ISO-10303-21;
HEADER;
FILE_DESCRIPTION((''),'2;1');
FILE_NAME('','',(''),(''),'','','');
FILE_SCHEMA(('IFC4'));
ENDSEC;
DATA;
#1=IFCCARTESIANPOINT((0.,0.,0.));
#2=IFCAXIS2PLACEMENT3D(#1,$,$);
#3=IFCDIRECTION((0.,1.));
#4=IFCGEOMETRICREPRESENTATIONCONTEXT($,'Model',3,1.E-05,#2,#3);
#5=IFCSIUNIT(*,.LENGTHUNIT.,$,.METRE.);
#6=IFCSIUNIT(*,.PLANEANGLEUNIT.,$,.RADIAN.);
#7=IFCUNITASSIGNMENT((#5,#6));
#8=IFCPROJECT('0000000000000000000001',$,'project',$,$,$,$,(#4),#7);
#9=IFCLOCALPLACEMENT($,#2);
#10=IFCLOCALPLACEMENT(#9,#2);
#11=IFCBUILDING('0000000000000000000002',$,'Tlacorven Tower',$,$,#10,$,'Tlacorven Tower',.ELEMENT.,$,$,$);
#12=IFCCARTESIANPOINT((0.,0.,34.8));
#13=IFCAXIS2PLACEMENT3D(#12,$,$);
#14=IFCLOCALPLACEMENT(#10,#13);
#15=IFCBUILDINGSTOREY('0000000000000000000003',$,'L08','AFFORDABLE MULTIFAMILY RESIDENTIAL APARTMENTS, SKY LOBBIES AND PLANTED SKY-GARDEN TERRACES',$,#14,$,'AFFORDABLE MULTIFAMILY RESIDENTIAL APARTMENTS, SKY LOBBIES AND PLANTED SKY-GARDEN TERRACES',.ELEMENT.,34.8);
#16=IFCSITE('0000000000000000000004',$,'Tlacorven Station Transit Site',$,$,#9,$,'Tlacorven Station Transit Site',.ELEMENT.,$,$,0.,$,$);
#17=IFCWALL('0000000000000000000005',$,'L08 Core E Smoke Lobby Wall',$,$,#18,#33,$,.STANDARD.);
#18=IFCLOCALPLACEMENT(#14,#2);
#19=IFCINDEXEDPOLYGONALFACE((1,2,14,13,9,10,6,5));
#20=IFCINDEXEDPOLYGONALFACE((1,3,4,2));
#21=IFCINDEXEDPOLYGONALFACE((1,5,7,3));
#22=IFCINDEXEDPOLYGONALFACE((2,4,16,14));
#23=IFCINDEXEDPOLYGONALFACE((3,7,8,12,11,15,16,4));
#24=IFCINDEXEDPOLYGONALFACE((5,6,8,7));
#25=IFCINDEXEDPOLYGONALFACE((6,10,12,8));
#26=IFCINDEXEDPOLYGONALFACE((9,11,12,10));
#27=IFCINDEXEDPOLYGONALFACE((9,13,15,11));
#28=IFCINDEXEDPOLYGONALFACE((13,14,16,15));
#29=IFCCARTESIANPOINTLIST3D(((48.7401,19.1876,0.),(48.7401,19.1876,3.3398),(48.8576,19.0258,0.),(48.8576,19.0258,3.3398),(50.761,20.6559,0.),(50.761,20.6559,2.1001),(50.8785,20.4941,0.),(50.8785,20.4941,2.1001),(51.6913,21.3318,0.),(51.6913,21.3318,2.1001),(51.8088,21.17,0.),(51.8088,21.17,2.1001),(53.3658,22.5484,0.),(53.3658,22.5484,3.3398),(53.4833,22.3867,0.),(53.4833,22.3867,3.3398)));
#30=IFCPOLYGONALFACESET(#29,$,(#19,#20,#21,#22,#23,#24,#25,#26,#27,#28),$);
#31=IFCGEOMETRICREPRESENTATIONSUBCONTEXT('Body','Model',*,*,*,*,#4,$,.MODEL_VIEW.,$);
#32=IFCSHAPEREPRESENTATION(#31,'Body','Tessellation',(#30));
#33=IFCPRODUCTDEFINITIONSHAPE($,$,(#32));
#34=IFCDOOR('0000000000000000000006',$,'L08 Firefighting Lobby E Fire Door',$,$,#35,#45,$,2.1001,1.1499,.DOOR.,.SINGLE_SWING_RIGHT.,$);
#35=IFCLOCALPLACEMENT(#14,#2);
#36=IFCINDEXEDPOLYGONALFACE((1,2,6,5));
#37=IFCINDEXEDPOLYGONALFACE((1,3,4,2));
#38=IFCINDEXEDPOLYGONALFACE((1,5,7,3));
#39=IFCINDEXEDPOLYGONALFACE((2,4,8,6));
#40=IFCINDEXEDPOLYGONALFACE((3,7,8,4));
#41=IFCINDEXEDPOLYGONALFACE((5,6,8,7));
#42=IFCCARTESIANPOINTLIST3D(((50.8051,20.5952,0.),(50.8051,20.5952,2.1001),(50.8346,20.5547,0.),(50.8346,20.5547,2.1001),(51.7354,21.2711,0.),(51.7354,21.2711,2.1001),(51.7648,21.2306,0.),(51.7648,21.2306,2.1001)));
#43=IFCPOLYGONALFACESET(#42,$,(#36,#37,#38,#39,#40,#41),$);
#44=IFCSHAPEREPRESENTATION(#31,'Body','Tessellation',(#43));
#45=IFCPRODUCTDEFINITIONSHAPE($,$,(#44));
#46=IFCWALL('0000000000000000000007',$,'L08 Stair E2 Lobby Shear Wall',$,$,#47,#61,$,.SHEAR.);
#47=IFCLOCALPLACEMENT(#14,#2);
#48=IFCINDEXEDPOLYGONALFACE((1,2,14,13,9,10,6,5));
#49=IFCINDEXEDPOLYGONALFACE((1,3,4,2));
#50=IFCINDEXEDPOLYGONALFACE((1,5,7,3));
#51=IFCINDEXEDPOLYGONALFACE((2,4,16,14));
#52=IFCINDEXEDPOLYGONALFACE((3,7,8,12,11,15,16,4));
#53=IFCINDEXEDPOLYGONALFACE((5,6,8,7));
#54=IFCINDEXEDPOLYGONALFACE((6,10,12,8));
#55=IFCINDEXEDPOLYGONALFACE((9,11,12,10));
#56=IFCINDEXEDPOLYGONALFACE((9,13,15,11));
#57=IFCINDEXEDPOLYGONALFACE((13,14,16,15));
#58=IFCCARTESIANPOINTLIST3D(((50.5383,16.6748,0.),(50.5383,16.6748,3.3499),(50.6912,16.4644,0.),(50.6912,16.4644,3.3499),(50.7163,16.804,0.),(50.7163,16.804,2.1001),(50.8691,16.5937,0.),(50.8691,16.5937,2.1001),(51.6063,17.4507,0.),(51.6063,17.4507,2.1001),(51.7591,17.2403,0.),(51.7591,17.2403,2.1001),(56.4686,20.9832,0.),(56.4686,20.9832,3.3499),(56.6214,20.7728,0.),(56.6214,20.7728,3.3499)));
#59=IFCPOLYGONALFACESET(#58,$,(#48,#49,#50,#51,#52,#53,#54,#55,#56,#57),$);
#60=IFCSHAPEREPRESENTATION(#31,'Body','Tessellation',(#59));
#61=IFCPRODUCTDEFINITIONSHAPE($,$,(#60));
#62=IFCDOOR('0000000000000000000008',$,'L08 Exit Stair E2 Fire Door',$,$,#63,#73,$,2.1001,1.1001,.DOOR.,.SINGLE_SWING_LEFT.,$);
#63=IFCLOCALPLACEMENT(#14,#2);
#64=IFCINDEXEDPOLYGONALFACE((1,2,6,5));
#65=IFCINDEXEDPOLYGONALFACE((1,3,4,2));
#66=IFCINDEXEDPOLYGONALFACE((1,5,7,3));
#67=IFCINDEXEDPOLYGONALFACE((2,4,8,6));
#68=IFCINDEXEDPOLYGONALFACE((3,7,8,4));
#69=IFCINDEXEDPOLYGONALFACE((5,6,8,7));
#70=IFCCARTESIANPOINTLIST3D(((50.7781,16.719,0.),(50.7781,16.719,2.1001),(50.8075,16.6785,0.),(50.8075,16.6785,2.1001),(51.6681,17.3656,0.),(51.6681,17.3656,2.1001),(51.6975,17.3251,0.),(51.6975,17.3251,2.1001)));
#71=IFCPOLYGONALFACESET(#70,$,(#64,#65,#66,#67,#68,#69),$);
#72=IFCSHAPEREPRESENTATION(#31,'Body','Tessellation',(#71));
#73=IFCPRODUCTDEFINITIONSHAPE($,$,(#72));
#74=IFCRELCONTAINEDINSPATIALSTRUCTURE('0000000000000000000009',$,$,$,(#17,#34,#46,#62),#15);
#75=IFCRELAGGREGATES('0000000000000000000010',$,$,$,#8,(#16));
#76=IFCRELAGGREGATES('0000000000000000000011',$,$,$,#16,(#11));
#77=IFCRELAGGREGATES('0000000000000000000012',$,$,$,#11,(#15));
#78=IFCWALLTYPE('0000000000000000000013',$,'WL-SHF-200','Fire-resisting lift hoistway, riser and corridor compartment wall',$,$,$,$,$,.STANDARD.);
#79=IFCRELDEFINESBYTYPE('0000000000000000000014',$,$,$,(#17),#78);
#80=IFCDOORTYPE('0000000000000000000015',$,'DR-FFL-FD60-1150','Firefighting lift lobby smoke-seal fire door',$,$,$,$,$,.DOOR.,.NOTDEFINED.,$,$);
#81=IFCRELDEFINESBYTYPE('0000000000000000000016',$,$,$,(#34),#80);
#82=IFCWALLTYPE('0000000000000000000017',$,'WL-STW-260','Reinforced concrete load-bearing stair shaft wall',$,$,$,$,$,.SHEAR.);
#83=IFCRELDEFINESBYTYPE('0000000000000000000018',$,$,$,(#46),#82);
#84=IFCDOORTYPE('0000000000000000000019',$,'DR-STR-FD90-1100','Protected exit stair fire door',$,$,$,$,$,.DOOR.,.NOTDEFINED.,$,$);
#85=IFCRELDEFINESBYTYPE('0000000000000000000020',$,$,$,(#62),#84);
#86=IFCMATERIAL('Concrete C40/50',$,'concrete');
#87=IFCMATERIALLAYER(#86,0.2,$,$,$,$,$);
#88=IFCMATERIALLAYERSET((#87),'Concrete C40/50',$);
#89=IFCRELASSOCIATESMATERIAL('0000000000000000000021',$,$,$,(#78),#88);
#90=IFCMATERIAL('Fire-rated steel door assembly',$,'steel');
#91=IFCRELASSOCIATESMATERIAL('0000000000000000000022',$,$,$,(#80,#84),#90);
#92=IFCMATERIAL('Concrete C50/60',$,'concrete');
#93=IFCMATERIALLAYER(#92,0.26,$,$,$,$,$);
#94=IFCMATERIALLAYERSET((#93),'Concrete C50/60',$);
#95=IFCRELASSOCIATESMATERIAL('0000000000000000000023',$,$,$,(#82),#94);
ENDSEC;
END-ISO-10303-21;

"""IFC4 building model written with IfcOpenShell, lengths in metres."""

from ifc_helpers import new_model, si_unit, direction, frame, frame_2d, origin, place, context, subcontext, project, spatial, rectangle, extrude, source, transform, mapped, material, layer, layer_set, type_object, element, fill, save


model = new_model("IFC4")

# Units and contexts
model_context = context("Model", 3, precision=1e-05, world=origin(), true_north=direction((0.0, 1.0)))
body_context = subcontext(model_context, "Body", "Model", "MODEL_VIEW")
ifc_project = project(units=[si_unit("LENGTHUNIT", "METRE"), si_unit("PLANEANGLEUNIT", "RADIAN")], contexts=[model_context])

# Site, building, storey
site_placement = place(None, origin())
site = spatial("IfcSite", under=ifc_project, at=site_placement, Name="Tlacorven Station Transit Site", LongName="Tlacorven Station Transit Site", CompositionType="ELEMENT", RefElevation=0.0)
building_placement = place(site_placement, origin())
building = spatial("IfcBuilding", under=site, at=building_placement, Name="Tlacorven Tower", LongName="Tlacorven Tower", CompositionType="ELEMENT")
storey_placement = place(building_placement, frame((0.0, 0.0, 34.8)))
storey = spatial("IfcBuildingStorey", under=building, at=storey_placement, Name="L08", Description="AFFORDABLE MULTIFAMILY RESIDENTIAL APARTMENTS, SKY LOBBIES AND PLANTED SKY-GARDEN TERRACES", LongName="AFFORDABLE MULTIFAMILY RESIDENTIAL APARTMENTS, SKY LOBBIES AND PLANTED SKY-GARDEN TERRACES", CompositionType="ELEMENT", Elevation=34.8)

# Shared definitions
ifc_material_1 = material(Name="Fire-rated steel door assembly", Category="steel")

# Walls, openings, doors
ifc_material_2 = material(Name="Concrete C40/50", Category="concrete")
ifc_layer_1 = layer(ifc_material_2, 0.2)
ifc_layer_set_1 = layer_set([ifc_layer_1], Name="Concrete C40/50")
wall_type_1 = type_object("IfcWallType", Name="WL-SHF-200", Description="Fire-resisting lift hoistway, riser and corridor compartment wall", PredefinedType="STANDARD", material=ifc_layer_set_1)
door_type_1 = type_object("IfcDoorType", Name="DR-FFL-FD60-1150", Description="Firefighting lift lobby smoke-seal fire door", OperationType="NOTDEFINED", PredefinedType="DOOR", material=ifc_material_1)
shared_shape_1 = source(origin(), body_context, "Body", "SweptSolid", [
    extrude(rectangle(XDim=1.1499, YDim=2.1001, at=frame_2d((0.575, 1.05))), frame((0.0, 0.0249, 0.0), z_axis=(0.0, -1.0, 0.0), x_axis=(1.0, 0.0, 0.0)), (0.0, 0.0, 1.0), 0.05),
])
wall_1_placement = place(storey_placement, frame((48.7988, 19.1067, 0.0), z_axis=(0.0, 0.0, 1.0), x_axis=(0.809013, 0.587791, 0.0)))
wall_1 = element("IfcWall", 1, at=wall_1_placement, inside=storey, type_object=wall_type_1, Name="L08 Core E Smoke Lobby Wall", PredefinedType="STANDARD", context=body_context, shape_type="SweptSolid", body=[
    extrude(rectangle(XDim=5.7178, YDim=0.2, at=frame_2d((2.8589, 0.0))), origin(), (0.0, 0.0, 1.0), 3.3398),
])
opening_1_placement = place(wall_1_placement, frame((2.498, 0.0, 0.0)))
opening_1 = element("IfcOpeningElement", 2, at=opening_1_placement, cuts=wall_1, PredefinedType="OPENING", context=body_context, shape_type="SweptSolid", body=[
    extrude(rectangle(XDim=1.1499, YDim=2.1001, at=frame_2d((0.575, 1.05))), frame((0.0, 0.1099, 0.0), z_axis=(0.0, -1.0, 0.0), x_axis=(1.0, 0.0, 0.0)), (0.0, 0.0, 1.0), 0.22),
])
door_1_placement = place(opening_1_placement, origin())
door_1 = element("IfcDoor", 3, at=door_1_placement, inside=storey, type_object=door_type_1, Name="L08 Firefighting Lobby E Fire Door", OperationType="SINGLE_SWING_RIGHT", OverallHeight=2.1001, OverallWidth=1.1499, PredefinedType="DOOR", context=body_context, shape_type="MappedRepresentation", body=[
    mapped(shared_shape_1, transform((0.0, 0.0, 0.0), scale=1.0)),
])
fill(opening_1, door_1)
ifc_material_3 = material(Name="Concrete C50/60", Category="concrete")
ifc_layer_2 = layer(ifc_material_3, 0.26)
ifc_layer_set_2 = layer_set([ifc_layer_2], Name="Concrete C50/60")
wall_type_2 = type_object("IfcWallType", Name="WL-STW-260", Description="Reinforced concrete load-bearing stair shaft wall", PredefinedType="SHEAR", material=ifc_layer_set_2)
wall_2_placement = place(storey_placement, frame((50.6147, 16.5696, 0.0), z_axis=(0.0, 0.0, 1.0), x_axis=(0.809028, 0.58777, 0.0)))
wall_2 = element("IfcWall", 4, at=wall_2_placement, inside=storey, type_object=wall_type_2, Name="L08 Stair E2 Lobby Shear Wall", PredefinedType="SHEAR", context=body_context, shape_type="SweptSolid", body=[
    extrude(rectangle(XDim=7.3301, YDim=0.26, at=frame_2d((3.665, 0.0))), origin(), (0.0, 0.0, 1.0), 3.3499),
])
opening_2_placement = place(wall_2_placement, frame((0.22, 0.0, 0.0)))
opening_2 = element("IfcOpeningElement", 5, at=opening_2_placement, cuts=wall_2, PredefinedType="OPENING", context=body_context, shape_type="SweptSolid", body=[
    extrude(rectangle(XDim=1.1001, YDim=2.1001, at=frame_2d((0.55, 1.05))), frame((0.0, 0.1401, 0.0), z_axis=(0.0, -1.0, 0.0), x_axis=(1.0, 0.0, 0.0)), (0.0, 0.0, 1.0), 0.28),
])
door_type_2 = type_object("IfcDoorType", Name="DR-STR-FD90-1100", Description="Protected exit stair fire door", OperationType="NOTDEFINED", PredefinedType="DOOR", material=ifc_material_1)
shared_shape_2 = source(origin(), body_context, "Body", "SweptSolid", [
    extrude(rectangle(XDim=1.1001, YDim=2.1001, at=frame_2d((0.55, 1.05))), frame((0.0, 0.0249, 0.0), z_axis=(0.0, -1.0, 0.0), x_axis=(1.0, 0.0, 0.0)), (0.0, 0.0, 1.0), 0.05),
])
door_2_placement = place(opening_2_placement, origin())
door_2 = element("IfcDoor", 6, at=door_2_placement, inside=storey, type_object=door_type_2, Name="L08 Exit Stair E2 Fire Door", OperationType="SINGLE_SWING_LEFT", OverallHeight=2.1001, OverallWidth=1.1001, PredefinedType="DOOR", context=body_context, shape_type="MappedRepresentation", body=[
    mapped(shared_shape_2, transform((0.0, 0.0, 0.0), scale=1.0)),
])
fill(opening_2, door_2)

save(model, "model.ifc")
